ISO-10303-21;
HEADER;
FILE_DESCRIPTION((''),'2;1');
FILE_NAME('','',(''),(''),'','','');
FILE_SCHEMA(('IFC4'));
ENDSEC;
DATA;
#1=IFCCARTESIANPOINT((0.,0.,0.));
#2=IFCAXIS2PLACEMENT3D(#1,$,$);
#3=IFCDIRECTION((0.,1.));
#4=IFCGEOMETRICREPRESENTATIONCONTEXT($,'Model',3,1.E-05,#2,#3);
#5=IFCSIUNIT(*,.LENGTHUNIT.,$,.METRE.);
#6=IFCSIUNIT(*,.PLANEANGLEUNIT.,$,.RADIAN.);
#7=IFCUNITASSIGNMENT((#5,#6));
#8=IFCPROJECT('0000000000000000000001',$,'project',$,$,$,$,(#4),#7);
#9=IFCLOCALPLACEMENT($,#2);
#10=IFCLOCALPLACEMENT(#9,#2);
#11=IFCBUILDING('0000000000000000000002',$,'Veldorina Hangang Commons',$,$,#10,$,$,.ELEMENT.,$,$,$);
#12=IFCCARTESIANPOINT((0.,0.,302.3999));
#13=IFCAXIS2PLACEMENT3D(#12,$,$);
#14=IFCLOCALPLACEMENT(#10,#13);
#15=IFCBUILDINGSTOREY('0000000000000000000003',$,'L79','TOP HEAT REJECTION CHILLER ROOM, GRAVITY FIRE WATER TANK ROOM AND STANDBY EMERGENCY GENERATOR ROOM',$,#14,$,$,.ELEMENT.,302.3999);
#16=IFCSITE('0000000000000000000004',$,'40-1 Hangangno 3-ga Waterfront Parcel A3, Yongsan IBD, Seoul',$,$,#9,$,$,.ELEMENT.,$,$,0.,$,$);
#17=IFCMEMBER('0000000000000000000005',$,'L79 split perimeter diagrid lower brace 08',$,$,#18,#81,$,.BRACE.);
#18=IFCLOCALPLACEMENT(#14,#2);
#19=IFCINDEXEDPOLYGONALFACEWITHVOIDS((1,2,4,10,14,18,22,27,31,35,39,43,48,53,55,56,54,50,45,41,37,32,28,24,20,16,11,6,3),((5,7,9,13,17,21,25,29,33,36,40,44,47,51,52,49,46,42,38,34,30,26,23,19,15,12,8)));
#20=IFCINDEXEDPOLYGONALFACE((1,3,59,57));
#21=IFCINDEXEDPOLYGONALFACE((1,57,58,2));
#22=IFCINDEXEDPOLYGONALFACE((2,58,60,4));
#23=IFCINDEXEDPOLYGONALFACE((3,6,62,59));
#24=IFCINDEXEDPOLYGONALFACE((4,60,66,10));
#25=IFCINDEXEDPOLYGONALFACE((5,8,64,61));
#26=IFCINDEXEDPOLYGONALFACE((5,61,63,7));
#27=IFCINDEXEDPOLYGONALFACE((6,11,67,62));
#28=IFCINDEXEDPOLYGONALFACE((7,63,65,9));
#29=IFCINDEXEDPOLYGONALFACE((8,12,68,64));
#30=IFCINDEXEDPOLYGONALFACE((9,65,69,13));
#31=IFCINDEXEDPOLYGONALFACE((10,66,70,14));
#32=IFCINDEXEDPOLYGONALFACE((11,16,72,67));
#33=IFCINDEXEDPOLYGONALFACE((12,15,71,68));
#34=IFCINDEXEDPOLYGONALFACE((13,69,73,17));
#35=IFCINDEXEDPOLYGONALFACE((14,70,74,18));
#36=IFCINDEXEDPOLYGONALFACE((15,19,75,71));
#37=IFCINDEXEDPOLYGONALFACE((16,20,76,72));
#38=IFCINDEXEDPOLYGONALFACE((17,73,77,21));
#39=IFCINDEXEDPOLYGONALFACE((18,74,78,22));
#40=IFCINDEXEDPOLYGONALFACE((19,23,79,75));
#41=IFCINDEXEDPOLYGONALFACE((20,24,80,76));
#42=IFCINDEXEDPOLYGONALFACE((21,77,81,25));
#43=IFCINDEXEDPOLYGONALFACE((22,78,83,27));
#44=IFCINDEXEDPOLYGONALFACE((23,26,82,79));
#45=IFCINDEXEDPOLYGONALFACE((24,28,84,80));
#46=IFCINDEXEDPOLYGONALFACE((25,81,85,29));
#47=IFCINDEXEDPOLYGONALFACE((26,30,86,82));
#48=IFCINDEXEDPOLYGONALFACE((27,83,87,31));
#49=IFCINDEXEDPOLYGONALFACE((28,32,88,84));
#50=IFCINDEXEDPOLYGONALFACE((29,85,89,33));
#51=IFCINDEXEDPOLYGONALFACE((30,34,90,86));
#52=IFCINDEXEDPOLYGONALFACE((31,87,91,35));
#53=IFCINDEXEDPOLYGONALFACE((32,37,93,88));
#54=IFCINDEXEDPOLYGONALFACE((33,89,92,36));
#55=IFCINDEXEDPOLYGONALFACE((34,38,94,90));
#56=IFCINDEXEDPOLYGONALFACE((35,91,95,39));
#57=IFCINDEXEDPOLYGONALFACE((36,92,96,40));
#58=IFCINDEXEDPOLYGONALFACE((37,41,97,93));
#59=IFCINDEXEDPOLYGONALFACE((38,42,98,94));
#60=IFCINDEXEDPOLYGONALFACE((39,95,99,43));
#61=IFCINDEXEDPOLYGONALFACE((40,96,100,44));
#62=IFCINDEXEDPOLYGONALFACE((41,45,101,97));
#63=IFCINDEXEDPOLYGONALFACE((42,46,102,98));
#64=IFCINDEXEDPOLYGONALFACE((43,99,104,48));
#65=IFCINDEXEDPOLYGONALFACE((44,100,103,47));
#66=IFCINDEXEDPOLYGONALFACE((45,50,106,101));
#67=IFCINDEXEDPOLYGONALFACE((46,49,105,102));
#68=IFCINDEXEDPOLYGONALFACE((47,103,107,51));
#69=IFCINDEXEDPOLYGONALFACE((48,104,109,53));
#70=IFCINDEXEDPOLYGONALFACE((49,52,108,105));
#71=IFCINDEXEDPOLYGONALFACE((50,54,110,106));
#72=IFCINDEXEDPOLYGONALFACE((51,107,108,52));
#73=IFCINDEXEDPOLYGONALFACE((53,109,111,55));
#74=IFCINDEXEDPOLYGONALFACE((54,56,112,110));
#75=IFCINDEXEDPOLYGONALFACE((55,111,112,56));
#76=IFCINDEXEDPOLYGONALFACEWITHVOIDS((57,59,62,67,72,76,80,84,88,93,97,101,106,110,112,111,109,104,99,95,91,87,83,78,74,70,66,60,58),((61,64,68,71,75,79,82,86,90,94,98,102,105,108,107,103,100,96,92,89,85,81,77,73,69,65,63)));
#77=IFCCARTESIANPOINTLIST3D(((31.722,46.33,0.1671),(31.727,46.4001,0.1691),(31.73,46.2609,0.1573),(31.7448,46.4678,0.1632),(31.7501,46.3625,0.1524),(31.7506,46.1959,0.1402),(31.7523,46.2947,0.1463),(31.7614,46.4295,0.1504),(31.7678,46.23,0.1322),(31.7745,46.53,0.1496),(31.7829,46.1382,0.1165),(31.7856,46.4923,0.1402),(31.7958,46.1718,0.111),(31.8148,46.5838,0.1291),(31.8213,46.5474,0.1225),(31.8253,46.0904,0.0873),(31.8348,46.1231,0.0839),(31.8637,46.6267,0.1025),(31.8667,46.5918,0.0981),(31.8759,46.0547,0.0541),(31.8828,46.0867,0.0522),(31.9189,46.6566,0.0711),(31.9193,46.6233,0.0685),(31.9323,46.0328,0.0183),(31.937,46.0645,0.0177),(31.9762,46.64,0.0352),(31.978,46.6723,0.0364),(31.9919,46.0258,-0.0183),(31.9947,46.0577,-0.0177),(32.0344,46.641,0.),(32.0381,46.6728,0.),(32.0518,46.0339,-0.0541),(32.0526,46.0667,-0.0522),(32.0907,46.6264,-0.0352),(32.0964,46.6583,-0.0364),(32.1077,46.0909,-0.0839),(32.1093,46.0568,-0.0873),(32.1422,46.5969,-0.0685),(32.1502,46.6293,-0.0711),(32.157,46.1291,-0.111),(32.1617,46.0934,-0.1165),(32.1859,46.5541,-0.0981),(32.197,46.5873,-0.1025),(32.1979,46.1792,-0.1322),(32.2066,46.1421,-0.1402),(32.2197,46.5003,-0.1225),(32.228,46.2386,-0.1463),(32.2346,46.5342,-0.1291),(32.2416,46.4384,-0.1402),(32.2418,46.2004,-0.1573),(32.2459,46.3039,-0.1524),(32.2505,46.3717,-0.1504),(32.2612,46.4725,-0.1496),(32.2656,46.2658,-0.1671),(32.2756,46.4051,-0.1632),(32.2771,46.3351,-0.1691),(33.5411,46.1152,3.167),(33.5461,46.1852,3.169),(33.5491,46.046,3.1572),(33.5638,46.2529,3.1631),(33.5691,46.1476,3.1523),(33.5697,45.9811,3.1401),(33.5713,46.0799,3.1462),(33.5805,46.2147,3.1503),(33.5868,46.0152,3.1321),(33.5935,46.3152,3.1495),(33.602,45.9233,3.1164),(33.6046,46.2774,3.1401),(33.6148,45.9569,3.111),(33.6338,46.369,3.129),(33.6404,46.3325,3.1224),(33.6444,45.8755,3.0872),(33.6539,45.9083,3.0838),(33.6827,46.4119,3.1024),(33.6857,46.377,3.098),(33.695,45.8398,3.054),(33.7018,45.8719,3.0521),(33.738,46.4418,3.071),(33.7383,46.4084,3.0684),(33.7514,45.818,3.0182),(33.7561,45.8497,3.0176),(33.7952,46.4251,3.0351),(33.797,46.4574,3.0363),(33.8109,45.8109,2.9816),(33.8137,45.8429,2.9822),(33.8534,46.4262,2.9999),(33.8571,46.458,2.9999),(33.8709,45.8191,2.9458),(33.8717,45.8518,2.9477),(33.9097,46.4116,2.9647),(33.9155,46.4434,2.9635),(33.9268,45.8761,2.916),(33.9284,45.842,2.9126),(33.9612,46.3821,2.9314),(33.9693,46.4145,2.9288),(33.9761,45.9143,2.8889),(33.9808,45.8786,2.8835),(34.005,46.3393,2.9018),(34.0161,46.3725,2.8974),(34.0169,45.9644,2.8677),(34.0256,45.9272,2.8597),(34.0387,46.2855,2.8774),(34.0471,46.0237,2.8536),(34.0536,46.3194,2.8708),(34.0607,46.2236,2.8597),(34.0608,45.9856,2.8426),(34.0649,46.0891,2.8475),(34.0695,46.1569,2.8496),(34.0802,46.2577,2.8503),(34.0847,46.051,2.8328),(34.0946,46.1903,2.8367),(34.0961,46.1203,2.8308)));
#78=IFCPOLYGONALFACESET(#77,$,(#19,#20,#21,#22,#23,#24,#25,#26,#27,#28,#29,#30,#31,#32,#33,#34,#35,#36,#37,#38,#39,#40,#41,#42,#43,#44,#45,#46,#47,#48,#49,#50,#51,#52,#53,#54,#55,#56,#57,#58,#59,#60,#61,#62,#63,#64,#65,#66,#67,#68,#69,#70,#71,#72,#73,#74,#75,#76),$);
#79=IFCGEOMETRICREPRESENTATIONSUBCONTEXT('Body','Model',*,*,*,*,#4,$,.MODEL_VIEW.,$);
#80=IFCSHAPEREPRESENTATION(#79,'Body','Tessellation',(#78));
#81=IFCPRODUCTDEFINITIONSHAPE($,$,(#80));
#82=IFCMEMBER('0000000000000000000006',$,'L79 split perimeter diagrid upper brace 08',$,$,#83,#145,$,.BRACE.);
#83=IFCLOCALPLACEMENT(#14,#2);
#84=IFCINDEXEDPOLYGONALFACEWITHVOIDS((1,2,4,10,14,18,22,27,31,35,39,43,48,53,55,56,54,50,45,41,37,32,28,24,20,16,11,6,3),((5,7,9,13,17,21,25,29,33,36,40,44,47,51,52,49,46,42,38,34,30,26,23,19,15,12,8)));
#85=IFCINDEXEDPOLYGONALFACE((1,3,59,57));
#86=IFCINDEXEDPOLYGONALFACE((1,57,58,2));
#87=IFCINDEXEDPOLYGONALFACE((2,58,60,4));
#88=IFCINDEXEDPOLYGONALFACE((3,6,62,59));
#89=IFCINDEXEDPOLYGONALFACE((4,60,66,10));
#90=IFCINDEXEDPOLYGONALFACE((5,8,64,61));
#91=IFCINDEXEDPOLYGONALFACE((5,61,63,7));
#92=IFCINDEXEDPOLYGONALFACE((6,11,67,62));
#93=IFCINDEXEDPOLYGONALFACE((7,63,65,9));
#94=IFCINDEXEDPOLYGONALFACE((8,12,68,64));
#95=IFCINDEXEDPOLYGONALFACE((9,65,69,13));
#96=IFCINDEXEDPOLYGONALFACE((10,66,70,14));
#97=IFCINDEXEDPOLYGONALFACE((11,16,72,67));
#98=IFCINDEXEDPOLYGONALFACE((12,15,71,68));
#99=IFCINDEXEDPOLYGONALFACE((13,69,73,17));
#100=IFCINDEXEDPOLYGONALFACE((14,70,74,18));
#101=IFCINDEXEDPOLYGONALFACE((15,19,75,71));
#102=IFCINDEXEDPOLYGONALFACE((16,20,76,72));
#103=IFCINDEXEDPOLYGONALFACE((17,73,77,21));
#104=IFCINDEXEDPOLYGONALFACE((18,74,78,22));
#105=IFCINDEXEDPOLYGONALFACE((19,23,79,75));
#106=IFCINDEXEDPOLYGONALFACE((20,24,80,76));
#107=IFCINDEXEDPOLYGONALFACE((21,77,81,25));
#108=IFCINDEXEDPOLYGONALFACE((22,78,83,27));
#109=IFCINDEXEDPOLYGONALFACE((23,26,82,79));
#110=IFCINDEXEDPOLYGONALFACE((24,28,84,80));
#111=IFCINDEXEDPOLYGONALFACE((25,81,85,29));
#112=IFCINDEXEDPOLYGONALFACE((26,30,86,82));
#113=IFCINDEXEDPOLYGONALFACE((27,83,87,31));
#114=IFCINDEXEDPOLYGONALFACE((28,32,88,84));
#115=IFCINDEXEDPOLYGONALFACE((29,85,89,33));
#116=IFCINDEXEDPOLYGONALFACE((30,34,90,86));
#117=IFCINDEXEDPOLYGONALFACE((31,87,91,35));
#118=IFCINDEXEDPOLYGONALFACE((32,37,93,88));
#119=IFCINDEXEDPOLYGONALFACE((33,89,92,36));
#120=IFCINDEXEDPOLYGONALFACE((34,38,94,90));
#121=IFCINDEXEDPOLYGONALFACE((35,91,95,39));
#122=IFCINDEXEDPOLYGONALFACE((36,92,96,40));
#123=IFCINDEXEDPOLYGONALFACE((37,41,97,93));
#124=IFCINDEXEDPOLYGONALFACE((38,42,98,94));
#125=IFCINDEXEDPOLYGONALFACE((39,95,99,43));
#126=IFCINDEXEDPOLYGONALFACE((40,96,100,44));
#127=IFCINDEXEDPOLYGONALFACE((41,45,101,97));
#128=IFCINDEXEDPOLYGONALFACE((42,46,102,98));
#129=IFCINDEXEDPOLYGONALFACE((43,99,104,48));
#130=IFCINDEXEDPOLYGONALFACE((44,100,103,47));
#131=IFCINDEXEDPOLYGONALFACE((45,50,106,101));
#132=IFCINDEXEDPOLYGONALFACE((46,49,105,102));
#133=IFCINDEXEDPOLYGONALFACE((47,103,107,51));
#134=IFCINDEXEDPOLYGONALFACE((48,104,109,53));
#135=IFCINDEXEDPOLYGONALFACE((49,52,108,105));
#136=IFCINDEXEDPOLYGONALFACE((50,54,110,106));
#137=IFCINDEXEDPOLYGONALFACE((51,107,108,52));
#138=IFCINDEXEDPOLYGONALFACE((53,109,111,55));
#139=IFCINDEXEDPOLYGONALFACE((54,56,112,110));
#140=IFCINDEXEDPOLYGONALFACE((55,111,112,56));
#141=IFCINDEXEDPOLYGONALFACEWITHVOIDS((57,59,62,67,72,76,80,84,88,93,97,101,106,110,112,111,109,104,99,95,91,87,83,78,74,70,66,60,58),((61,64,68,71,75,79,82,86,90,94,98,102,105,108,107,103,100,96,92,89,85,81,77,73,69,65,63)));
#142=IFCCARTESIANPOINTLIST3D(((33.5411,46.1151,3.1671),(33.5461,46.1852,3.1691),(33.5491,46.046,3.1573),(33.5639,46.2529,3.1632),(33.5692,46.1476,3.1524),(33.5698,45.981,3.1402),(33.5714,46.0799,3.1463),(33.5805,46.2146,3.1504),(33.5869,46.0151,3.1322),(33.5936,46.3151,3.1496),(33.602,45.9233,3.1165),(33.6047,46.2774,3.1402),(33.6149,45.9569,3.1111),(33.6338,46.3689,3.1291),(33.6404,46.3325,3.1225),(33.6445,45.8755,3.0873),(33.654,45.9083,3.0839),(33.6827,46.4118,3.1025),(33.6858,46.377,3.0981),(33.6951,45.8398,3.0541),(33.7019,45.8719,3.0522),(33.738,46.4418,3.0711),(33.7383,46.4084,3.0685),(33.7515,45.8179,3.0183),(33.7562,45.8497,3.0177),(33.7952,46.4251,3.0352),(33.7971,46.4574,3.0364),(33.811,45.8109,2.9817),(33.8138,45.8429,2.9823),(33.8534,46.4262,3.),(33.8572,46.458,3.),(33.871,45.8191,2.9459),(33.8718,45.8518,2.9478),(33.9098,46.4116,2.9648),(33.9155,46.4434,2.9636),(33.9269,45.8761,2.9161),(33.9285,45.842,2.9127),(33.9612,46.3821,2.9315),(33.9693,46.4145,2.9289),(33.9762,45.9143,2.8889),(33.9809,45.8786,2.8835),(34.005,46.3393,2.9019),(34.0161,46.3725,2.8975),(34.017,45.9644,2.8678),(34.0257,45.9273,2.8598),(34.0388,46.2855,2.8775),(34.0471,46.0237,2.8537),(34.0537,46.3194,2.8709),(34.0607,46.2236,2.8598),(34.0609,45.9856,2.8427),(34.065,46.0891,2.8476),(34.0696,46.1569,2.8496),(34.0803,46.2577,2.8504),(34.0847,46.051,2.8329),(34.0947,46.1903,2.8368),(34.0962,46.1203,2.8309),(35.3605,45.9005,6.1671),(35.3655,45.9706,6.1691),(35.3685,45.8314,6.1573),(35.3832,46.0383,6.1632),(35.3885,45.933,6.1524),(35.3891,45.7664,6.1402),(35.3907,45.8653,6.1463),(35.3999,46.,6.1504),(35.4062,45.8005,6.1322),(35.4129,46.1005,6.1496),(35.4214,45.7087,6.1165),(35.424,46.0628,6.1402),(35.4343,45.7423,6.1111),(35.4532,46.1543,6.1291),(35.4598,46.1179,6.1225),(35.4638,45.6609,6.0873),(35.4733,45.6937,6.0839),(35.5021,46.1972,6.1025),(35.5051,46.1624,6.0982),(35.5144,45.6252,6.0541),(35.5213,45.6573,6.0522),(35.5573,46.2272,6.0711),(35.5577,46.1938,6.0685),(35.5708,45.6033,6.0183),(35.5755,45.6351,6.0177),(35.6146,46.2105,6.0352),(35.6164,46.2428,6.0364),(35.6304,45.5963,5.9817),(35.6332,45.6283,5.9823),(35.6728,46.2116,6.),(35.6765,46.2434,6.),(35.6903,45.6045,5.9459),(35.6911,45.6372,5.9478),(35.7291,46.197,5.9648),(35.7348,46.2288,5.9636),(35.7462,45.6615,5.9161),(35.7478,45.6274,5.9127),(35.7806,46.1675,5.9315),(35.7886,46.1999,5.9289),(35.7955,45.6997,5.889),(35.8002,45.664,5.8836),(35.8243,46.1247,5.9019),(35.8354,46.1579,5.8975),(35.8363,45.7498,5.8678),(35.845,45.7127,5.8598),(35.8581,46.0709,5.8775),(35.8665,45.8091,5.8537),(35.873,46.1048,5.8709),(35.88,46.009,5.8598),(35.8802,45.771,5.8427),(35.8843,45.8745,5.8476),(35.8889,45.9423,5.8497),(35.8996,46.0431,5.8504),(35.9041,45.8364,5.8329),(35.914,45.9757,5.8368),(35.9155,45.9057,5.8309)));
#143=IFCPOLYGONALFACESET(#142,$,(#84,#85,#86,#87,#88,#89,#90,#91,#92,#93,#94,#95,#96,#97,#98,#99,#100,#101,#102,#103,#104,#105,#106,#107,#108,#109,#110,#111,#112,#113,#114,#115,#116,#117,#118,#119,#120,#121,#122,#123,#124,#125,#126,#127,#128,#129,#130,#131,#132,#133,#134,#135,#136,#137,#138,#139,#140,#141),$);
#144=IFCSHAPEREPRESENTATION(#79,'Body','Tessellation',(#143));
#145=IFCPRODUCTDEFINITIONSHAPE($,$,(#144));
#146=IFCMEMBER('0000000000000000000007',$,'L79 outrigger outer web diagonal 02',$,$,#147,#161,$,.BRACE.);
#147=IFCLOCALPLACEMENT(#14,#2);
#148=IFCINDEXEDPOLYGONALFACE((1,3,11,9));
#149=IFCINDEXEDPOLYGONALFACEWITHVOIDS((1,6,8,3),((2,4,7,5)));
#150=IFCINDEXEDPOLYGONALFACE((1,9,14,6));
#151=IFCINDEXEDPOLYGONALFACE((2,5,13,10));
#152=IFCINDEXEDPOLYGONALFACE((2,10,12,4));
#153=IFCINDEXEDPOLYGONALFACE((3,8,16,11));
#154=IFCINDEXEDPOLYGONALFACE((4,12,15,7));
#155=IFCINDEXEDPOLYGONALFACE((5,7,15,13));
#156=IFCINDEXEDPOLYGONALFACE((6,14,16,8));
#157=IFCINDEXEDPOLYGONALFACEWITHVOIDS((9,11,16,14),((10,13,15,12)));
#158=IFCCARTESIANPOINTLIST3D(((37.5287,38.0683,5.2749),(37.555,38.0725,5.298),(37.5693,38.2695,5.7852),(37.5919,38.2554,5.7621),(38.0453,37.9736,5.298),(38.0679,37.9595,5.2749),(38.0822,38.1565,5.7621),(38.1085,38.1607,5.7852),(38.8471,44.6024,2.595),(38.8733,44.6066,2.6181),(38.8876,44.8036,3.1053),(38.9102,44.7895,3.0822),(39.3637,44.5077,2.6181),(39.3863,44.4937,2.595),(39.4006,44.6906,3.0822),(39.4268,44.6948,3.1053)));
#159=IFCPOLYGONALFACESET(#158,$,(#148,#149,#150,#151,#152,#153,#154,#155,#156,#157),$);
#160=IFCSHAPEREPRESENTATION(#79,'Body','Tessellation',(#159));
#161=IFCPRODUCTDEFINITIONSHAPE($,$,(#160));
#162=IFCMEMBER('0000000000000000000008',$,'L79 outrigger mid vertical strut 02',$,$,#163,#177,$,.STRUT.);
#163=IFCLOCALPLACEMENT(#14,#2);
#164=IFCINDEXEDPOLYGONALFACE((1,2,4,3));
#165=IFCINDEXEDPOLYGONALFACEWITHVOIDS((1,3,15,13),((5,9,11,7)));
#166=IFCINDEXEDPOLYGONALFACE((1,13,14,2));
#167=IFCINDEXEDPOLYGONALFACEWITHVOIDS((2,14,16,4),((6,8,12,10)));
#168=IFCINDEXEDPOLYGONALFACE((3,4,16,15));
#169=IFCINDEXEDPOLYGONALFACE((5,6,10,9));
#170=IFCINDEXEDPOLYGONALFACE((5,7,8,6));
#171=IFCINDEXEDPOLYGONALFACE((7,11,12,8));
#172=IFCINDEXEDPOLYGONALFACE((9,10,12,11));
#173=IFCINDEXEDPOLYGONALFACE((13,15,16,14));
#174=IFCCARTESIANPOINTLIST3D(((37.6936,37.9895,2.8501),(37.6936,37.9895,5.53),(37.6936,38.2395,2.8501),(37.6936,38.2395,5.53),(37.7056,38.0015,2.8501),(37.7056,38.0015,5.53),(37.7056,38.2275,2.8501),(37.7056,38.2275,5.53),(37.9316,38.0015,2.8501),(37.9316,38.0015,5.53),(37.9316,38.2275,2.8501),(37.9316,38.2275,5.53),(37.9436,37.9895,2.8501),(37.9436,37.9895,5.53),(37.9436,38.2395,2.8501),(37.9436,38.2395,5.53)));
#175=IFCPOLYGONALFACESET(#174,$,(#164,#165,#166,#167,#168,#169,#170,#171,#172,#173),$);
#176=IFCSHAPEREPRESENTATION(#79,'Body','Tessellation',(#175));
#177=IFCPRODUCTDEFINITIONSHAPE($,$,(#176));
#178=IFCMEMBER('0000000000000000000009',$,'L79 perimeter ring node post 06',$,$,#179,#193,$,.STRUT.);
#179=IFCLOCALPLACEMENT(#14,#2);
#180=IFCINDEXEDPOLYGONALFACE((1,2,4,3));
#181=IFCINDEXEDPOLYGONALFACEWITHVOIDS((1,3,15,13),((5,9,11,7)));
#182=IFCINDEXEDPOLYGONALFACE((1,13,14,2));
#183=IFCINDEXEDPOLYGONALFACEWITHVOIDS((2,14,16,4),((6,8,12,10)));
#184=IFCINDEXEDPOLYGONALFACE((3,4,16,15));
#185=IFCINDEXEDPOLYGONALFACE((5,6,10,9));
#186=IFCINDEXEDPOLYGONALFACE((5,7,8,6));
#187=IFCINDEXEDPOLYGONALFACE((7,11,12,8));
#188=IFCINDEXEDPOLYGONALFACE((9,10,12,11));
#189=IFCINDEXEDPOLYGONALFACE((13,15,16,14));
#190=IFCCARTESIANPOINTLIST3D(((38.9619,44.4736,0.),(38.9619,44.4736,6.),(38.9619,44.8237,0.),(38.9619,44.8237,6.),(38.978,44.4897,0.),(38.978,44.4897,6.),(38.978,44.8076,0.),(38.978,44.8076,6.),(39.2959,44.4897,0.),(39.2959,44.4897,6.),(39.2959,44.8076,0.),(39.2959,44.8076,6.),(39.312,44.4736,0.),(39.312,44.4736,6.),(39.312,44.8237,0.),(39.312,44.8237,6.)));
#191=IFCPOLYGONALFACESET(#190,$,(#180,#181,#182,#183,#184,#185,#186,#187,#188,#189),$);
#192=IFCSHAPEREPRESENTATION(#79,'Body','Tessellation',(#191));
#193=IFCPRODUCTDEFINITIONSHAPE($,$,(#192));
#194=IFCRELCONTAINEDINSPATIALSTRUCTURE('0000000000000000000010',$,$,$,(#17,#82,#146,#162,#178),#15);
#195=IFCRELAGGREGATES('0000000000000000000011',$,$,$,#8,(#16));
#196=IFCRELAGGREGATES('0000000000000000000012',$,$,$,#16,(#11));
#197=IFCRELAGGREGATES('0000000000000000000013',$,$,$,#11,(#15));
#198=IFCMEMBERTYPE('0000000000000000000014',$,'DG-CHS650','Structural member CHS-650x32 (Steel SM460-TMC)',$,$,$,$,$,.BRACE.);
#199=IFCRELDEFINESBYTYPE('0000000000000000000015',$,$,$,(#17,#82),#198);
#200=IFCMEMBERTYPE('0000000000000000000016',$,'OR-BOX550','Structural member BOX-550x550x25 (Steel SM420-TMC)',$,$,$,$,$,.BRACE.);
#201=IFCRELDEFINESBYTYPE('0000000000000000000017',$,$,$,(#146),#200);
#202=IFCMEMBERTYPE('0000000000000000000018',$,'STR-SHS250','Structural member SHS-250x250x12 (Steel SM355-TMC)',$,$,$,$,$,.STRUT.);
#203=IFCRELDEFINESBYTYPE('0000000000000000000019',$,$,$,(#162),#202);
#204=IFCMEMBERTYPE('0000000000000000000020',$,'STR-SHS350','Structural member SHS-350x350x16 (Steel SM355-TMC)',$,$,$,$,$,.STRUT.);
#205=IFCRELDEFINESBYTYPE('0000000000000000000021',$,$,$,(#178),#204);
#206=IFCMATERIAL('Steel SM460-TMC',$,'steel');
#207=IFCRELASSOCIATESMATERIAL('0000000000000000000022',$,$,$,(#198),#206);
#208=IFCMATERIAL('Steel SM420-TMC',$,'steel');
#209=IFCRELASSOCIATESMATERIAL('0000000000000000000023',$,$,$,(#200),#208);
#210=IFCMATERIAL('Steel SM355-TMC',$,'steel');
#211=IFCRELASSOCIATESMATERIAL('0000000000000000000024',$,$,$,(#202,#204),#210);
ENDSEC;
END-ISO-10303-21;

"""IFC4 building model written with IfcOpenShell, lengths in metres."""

from ifc_helpers import new_model, si_unit, direction, frame, origin, origin_2d, place, context, subcontext, project, spatial, hollow_rectangle, hollow_circle, extrude, material, material_profile, profile_set, type_object, element, save


model = new_model("IFC4")

# Units and contexts
model_context = context("Model", 3, precision=1e-05, world=origin(), true_north=direction((0.0, 1.0)))
body_context = subcontext(model_context, "Body", "Model", "MODEL_VIEW")
ifc_project = project(units=[si_unit("LENGTHUNIT", "METRE"), si_unit("PLANEANGLEUNIT", "RADIAN")], contexts=[model_context])

# Site, building, storey
site_placement = place(None, origin())
site = spatial("IfcSite", under=ifc_project, at=site_placement, Name="40-1 Hangangno 3-ga Waterfront Parcel A3, Yongsan IBD, Seoul", CompositionType="ELEMENT", RefElevation=0.0)
building_placement = place(site_placement, origin())
building = spatial("IfcBuilding", under=site, at=building_placement, Name="Veldorina Hangang Commons", CompositionType="ELEMENT")
storey_placement = place(building_placement, frame((0.0, 0.0, 302.3999)))
storey = spatial("IfcBuildingStorey", under=building, at=storey_placement, Name="L79", Description="TOP HEAT REJECTION CHILLER ROOM, GRAVITY FIRE WATER TANK ROOM AND STANDBY EMERGENCY GENERATOR ROOM", CompositionType="ELEMENT", Elevation=302.3999)

# Shared definitions
ifc_material_1 = material(Name="Steel SM460-TMC", Category="steel")
ifc_material_2 = material(Name="Steel SM355-TMC", Category="steel")

# Members
ifc_material_profile_1 = material_profile(ifc_material_1, hollow_circle(Radius=0.325, WallThickness=0.032, at=origin_2d()), Name="CHS-650x32")
ifc_profile_set_1 = profile_set([ifc_material_profile_1], Name="Steel SM460-TMC")
member_type_1 = type_object("IfcMemberType", Name="DG-CHS650", Description="Structural member CHS-650x32 (Steel SM460-TMC)", PredefinedType="BRACE", material=ifc_profile_set_1)
member_1_placement = place(storey_placement, frame((32.0, 46.3501, 0.0), z_axis=(0.517522, -0.061122, 0.853484), x_axis=(0.11729, 0.993098, 0.0)))
element("IfcMember", 1, at=member_1_placement, inside=storey, type_object=member_type_1, Name="L79 split perimeter diagrid lower brace 08", PredefinedType="BRACE", context=body_context, shape_type="SweptSolid", body=[
    extrude(hollow_circle(Radius=0.325, WallThickness=0.032, at=origin_2d()), origin(), (0.0, 0.0, 1.0), 3.5149),
])
member_2_placement = place(storey_placement, frame((33.8191, 46.1353, 3.0), z_axis=(0.517575, -0.061051, 0.853457), x_axis=(0.117143, 0.993115, 0.0)))
element("IfcMember", 2, at=member_2_placement, inside=storey, type_object=member_type_1, Name="L79 split perimeter diagrid upper brace 08", PredefinedType="BRACE", context=body_context, shape_type="SweptSolid", body=[
    extrude(hollow_circle(Radius=0.325, WallThickness=0.032, at=origin_2d()), origin(), (0.0, 0.0, 1.0), 3.5151),
])
ifc_material_3 = material(Name="Steel SM420-TMC", Category="steel")
ifc_material_profile_2 = material_profile(ifc_material_3, hollow_rectangle(XDim=0.55, YDim=0.55, WallThickness=0.0249, at=origin_2d()), Name="BOX-550x550x25")
ifc_profile_set_2 = profile_set([ifc_material_profile_2], Name="Steel SM420-TMC")
member_type_2 = type_object("IfcMemberType", Name="OR-BOX550", Description="Structural member BOX-550x550x25 (Steel SM420-TMC)", PredefinedType="BRACE", material=ifc_profile_set_2)
member_3_placement = place(storey_placement, frame((37.8186, 38.1145, 5.53), z_axis=(0.183503, 0.909495, -0.373021), x_axis=(-0.980247, 0.197778, 0.0)))
element("IfcMember", 3, at=member_3_placement, inside=storey, type_object=member_type_2, Name="L79 outrigger outer web diagonal 02", PredefinedType="BRACE", context=body_context, shape_type="SweptSolid", body=[
    extrude(hollow_rectangle(XDim=0.55, YDim=0.55, WallThickness=0.0249, at=origin_2d()), origin(), (0.0, 0.0, 1.0), 7.1843),
])
ifc_material_profile_3 = material_profile(ifc_material_2, hollow_rectangle(XDim=0.25, YDim=0.25, WallThickness=0.012, at=origin_2d()), Name="SHS-250x250x12")
ifc_profile_set_3 = profile_set([ifc_material_profile_3], Name="Steel SM355-TMC")
member_type_3 = type_object("IfcMemberType", Name="STR-SHS250", Description="Structural member SHS-250x250x12 (Steel SM355-TMC)", PredefinedType="STRUT", material=ifc_profile_set_3)
member_4_placement = place(storey_placement, frame((37.8186, 38.1145, 2.8501), z_axis=(0.0, 0.0, 1.0), x_axis=(1.0, 0.0, 0.0)))
element("IfcMember", 4, at=member_4_placement, inside=storey, type_object=member_type_3, Name="L79 outrigger mid vertical strut 02", PredefinedType="STRUT", context=body_context, shape_type="SweptSolid", body=[
    extrude(hollow_rectangle(XDim=0.25, YDim=0.25, WallThickness=0.012, at=origin_2d()), origin(), (0.0, 0.0, 1.0), 2.6799),
])
ifc_material_profile_4 = material_profile(ifc_material_2, hollow_rectangle(XDim=0.3501, YDim=0.3501, WallThickness=0.0161, at=origin_2d()), Name="SHS-350x350x16")
ifc_profile_set_4 = profile_set([ifc_material_profile_4], Name="Steel SM355-TMC")
member_type_4 = type_object("IfcMemberType", Name="STR-SHS350", Description="Structural member SHS-350x350x16 (Steel SM355-TMC)", PredefinedType="STRUT", material=ifc_profile_set_4)
for number, where, z_axis, x_axis, name in (
    (5, (39.137, 44.6487, 0.0), (0.0, 0.0, 1.0), (1.0, 0.0, 0.0), "L79 perimeter ring node post 06"),
):
    element("IfcMember", number, at=place(storey_placement, frame(where, z_axis=z_axis, x_axis=x_axis)), inside=storey, type_object=member_type_4, Name=name, PredefinedType="STRUT", context=body_context, shape_type="SweptSolid", body=[
        extrude(hollow_rectangle(XDim=0.3501, YDim=0.3501, WallThickness=0.0161, at=origin_2d()), origin(), (0.0, 0.0, 1.0), 6.0),
    ])

save(model, "model.ifc")
